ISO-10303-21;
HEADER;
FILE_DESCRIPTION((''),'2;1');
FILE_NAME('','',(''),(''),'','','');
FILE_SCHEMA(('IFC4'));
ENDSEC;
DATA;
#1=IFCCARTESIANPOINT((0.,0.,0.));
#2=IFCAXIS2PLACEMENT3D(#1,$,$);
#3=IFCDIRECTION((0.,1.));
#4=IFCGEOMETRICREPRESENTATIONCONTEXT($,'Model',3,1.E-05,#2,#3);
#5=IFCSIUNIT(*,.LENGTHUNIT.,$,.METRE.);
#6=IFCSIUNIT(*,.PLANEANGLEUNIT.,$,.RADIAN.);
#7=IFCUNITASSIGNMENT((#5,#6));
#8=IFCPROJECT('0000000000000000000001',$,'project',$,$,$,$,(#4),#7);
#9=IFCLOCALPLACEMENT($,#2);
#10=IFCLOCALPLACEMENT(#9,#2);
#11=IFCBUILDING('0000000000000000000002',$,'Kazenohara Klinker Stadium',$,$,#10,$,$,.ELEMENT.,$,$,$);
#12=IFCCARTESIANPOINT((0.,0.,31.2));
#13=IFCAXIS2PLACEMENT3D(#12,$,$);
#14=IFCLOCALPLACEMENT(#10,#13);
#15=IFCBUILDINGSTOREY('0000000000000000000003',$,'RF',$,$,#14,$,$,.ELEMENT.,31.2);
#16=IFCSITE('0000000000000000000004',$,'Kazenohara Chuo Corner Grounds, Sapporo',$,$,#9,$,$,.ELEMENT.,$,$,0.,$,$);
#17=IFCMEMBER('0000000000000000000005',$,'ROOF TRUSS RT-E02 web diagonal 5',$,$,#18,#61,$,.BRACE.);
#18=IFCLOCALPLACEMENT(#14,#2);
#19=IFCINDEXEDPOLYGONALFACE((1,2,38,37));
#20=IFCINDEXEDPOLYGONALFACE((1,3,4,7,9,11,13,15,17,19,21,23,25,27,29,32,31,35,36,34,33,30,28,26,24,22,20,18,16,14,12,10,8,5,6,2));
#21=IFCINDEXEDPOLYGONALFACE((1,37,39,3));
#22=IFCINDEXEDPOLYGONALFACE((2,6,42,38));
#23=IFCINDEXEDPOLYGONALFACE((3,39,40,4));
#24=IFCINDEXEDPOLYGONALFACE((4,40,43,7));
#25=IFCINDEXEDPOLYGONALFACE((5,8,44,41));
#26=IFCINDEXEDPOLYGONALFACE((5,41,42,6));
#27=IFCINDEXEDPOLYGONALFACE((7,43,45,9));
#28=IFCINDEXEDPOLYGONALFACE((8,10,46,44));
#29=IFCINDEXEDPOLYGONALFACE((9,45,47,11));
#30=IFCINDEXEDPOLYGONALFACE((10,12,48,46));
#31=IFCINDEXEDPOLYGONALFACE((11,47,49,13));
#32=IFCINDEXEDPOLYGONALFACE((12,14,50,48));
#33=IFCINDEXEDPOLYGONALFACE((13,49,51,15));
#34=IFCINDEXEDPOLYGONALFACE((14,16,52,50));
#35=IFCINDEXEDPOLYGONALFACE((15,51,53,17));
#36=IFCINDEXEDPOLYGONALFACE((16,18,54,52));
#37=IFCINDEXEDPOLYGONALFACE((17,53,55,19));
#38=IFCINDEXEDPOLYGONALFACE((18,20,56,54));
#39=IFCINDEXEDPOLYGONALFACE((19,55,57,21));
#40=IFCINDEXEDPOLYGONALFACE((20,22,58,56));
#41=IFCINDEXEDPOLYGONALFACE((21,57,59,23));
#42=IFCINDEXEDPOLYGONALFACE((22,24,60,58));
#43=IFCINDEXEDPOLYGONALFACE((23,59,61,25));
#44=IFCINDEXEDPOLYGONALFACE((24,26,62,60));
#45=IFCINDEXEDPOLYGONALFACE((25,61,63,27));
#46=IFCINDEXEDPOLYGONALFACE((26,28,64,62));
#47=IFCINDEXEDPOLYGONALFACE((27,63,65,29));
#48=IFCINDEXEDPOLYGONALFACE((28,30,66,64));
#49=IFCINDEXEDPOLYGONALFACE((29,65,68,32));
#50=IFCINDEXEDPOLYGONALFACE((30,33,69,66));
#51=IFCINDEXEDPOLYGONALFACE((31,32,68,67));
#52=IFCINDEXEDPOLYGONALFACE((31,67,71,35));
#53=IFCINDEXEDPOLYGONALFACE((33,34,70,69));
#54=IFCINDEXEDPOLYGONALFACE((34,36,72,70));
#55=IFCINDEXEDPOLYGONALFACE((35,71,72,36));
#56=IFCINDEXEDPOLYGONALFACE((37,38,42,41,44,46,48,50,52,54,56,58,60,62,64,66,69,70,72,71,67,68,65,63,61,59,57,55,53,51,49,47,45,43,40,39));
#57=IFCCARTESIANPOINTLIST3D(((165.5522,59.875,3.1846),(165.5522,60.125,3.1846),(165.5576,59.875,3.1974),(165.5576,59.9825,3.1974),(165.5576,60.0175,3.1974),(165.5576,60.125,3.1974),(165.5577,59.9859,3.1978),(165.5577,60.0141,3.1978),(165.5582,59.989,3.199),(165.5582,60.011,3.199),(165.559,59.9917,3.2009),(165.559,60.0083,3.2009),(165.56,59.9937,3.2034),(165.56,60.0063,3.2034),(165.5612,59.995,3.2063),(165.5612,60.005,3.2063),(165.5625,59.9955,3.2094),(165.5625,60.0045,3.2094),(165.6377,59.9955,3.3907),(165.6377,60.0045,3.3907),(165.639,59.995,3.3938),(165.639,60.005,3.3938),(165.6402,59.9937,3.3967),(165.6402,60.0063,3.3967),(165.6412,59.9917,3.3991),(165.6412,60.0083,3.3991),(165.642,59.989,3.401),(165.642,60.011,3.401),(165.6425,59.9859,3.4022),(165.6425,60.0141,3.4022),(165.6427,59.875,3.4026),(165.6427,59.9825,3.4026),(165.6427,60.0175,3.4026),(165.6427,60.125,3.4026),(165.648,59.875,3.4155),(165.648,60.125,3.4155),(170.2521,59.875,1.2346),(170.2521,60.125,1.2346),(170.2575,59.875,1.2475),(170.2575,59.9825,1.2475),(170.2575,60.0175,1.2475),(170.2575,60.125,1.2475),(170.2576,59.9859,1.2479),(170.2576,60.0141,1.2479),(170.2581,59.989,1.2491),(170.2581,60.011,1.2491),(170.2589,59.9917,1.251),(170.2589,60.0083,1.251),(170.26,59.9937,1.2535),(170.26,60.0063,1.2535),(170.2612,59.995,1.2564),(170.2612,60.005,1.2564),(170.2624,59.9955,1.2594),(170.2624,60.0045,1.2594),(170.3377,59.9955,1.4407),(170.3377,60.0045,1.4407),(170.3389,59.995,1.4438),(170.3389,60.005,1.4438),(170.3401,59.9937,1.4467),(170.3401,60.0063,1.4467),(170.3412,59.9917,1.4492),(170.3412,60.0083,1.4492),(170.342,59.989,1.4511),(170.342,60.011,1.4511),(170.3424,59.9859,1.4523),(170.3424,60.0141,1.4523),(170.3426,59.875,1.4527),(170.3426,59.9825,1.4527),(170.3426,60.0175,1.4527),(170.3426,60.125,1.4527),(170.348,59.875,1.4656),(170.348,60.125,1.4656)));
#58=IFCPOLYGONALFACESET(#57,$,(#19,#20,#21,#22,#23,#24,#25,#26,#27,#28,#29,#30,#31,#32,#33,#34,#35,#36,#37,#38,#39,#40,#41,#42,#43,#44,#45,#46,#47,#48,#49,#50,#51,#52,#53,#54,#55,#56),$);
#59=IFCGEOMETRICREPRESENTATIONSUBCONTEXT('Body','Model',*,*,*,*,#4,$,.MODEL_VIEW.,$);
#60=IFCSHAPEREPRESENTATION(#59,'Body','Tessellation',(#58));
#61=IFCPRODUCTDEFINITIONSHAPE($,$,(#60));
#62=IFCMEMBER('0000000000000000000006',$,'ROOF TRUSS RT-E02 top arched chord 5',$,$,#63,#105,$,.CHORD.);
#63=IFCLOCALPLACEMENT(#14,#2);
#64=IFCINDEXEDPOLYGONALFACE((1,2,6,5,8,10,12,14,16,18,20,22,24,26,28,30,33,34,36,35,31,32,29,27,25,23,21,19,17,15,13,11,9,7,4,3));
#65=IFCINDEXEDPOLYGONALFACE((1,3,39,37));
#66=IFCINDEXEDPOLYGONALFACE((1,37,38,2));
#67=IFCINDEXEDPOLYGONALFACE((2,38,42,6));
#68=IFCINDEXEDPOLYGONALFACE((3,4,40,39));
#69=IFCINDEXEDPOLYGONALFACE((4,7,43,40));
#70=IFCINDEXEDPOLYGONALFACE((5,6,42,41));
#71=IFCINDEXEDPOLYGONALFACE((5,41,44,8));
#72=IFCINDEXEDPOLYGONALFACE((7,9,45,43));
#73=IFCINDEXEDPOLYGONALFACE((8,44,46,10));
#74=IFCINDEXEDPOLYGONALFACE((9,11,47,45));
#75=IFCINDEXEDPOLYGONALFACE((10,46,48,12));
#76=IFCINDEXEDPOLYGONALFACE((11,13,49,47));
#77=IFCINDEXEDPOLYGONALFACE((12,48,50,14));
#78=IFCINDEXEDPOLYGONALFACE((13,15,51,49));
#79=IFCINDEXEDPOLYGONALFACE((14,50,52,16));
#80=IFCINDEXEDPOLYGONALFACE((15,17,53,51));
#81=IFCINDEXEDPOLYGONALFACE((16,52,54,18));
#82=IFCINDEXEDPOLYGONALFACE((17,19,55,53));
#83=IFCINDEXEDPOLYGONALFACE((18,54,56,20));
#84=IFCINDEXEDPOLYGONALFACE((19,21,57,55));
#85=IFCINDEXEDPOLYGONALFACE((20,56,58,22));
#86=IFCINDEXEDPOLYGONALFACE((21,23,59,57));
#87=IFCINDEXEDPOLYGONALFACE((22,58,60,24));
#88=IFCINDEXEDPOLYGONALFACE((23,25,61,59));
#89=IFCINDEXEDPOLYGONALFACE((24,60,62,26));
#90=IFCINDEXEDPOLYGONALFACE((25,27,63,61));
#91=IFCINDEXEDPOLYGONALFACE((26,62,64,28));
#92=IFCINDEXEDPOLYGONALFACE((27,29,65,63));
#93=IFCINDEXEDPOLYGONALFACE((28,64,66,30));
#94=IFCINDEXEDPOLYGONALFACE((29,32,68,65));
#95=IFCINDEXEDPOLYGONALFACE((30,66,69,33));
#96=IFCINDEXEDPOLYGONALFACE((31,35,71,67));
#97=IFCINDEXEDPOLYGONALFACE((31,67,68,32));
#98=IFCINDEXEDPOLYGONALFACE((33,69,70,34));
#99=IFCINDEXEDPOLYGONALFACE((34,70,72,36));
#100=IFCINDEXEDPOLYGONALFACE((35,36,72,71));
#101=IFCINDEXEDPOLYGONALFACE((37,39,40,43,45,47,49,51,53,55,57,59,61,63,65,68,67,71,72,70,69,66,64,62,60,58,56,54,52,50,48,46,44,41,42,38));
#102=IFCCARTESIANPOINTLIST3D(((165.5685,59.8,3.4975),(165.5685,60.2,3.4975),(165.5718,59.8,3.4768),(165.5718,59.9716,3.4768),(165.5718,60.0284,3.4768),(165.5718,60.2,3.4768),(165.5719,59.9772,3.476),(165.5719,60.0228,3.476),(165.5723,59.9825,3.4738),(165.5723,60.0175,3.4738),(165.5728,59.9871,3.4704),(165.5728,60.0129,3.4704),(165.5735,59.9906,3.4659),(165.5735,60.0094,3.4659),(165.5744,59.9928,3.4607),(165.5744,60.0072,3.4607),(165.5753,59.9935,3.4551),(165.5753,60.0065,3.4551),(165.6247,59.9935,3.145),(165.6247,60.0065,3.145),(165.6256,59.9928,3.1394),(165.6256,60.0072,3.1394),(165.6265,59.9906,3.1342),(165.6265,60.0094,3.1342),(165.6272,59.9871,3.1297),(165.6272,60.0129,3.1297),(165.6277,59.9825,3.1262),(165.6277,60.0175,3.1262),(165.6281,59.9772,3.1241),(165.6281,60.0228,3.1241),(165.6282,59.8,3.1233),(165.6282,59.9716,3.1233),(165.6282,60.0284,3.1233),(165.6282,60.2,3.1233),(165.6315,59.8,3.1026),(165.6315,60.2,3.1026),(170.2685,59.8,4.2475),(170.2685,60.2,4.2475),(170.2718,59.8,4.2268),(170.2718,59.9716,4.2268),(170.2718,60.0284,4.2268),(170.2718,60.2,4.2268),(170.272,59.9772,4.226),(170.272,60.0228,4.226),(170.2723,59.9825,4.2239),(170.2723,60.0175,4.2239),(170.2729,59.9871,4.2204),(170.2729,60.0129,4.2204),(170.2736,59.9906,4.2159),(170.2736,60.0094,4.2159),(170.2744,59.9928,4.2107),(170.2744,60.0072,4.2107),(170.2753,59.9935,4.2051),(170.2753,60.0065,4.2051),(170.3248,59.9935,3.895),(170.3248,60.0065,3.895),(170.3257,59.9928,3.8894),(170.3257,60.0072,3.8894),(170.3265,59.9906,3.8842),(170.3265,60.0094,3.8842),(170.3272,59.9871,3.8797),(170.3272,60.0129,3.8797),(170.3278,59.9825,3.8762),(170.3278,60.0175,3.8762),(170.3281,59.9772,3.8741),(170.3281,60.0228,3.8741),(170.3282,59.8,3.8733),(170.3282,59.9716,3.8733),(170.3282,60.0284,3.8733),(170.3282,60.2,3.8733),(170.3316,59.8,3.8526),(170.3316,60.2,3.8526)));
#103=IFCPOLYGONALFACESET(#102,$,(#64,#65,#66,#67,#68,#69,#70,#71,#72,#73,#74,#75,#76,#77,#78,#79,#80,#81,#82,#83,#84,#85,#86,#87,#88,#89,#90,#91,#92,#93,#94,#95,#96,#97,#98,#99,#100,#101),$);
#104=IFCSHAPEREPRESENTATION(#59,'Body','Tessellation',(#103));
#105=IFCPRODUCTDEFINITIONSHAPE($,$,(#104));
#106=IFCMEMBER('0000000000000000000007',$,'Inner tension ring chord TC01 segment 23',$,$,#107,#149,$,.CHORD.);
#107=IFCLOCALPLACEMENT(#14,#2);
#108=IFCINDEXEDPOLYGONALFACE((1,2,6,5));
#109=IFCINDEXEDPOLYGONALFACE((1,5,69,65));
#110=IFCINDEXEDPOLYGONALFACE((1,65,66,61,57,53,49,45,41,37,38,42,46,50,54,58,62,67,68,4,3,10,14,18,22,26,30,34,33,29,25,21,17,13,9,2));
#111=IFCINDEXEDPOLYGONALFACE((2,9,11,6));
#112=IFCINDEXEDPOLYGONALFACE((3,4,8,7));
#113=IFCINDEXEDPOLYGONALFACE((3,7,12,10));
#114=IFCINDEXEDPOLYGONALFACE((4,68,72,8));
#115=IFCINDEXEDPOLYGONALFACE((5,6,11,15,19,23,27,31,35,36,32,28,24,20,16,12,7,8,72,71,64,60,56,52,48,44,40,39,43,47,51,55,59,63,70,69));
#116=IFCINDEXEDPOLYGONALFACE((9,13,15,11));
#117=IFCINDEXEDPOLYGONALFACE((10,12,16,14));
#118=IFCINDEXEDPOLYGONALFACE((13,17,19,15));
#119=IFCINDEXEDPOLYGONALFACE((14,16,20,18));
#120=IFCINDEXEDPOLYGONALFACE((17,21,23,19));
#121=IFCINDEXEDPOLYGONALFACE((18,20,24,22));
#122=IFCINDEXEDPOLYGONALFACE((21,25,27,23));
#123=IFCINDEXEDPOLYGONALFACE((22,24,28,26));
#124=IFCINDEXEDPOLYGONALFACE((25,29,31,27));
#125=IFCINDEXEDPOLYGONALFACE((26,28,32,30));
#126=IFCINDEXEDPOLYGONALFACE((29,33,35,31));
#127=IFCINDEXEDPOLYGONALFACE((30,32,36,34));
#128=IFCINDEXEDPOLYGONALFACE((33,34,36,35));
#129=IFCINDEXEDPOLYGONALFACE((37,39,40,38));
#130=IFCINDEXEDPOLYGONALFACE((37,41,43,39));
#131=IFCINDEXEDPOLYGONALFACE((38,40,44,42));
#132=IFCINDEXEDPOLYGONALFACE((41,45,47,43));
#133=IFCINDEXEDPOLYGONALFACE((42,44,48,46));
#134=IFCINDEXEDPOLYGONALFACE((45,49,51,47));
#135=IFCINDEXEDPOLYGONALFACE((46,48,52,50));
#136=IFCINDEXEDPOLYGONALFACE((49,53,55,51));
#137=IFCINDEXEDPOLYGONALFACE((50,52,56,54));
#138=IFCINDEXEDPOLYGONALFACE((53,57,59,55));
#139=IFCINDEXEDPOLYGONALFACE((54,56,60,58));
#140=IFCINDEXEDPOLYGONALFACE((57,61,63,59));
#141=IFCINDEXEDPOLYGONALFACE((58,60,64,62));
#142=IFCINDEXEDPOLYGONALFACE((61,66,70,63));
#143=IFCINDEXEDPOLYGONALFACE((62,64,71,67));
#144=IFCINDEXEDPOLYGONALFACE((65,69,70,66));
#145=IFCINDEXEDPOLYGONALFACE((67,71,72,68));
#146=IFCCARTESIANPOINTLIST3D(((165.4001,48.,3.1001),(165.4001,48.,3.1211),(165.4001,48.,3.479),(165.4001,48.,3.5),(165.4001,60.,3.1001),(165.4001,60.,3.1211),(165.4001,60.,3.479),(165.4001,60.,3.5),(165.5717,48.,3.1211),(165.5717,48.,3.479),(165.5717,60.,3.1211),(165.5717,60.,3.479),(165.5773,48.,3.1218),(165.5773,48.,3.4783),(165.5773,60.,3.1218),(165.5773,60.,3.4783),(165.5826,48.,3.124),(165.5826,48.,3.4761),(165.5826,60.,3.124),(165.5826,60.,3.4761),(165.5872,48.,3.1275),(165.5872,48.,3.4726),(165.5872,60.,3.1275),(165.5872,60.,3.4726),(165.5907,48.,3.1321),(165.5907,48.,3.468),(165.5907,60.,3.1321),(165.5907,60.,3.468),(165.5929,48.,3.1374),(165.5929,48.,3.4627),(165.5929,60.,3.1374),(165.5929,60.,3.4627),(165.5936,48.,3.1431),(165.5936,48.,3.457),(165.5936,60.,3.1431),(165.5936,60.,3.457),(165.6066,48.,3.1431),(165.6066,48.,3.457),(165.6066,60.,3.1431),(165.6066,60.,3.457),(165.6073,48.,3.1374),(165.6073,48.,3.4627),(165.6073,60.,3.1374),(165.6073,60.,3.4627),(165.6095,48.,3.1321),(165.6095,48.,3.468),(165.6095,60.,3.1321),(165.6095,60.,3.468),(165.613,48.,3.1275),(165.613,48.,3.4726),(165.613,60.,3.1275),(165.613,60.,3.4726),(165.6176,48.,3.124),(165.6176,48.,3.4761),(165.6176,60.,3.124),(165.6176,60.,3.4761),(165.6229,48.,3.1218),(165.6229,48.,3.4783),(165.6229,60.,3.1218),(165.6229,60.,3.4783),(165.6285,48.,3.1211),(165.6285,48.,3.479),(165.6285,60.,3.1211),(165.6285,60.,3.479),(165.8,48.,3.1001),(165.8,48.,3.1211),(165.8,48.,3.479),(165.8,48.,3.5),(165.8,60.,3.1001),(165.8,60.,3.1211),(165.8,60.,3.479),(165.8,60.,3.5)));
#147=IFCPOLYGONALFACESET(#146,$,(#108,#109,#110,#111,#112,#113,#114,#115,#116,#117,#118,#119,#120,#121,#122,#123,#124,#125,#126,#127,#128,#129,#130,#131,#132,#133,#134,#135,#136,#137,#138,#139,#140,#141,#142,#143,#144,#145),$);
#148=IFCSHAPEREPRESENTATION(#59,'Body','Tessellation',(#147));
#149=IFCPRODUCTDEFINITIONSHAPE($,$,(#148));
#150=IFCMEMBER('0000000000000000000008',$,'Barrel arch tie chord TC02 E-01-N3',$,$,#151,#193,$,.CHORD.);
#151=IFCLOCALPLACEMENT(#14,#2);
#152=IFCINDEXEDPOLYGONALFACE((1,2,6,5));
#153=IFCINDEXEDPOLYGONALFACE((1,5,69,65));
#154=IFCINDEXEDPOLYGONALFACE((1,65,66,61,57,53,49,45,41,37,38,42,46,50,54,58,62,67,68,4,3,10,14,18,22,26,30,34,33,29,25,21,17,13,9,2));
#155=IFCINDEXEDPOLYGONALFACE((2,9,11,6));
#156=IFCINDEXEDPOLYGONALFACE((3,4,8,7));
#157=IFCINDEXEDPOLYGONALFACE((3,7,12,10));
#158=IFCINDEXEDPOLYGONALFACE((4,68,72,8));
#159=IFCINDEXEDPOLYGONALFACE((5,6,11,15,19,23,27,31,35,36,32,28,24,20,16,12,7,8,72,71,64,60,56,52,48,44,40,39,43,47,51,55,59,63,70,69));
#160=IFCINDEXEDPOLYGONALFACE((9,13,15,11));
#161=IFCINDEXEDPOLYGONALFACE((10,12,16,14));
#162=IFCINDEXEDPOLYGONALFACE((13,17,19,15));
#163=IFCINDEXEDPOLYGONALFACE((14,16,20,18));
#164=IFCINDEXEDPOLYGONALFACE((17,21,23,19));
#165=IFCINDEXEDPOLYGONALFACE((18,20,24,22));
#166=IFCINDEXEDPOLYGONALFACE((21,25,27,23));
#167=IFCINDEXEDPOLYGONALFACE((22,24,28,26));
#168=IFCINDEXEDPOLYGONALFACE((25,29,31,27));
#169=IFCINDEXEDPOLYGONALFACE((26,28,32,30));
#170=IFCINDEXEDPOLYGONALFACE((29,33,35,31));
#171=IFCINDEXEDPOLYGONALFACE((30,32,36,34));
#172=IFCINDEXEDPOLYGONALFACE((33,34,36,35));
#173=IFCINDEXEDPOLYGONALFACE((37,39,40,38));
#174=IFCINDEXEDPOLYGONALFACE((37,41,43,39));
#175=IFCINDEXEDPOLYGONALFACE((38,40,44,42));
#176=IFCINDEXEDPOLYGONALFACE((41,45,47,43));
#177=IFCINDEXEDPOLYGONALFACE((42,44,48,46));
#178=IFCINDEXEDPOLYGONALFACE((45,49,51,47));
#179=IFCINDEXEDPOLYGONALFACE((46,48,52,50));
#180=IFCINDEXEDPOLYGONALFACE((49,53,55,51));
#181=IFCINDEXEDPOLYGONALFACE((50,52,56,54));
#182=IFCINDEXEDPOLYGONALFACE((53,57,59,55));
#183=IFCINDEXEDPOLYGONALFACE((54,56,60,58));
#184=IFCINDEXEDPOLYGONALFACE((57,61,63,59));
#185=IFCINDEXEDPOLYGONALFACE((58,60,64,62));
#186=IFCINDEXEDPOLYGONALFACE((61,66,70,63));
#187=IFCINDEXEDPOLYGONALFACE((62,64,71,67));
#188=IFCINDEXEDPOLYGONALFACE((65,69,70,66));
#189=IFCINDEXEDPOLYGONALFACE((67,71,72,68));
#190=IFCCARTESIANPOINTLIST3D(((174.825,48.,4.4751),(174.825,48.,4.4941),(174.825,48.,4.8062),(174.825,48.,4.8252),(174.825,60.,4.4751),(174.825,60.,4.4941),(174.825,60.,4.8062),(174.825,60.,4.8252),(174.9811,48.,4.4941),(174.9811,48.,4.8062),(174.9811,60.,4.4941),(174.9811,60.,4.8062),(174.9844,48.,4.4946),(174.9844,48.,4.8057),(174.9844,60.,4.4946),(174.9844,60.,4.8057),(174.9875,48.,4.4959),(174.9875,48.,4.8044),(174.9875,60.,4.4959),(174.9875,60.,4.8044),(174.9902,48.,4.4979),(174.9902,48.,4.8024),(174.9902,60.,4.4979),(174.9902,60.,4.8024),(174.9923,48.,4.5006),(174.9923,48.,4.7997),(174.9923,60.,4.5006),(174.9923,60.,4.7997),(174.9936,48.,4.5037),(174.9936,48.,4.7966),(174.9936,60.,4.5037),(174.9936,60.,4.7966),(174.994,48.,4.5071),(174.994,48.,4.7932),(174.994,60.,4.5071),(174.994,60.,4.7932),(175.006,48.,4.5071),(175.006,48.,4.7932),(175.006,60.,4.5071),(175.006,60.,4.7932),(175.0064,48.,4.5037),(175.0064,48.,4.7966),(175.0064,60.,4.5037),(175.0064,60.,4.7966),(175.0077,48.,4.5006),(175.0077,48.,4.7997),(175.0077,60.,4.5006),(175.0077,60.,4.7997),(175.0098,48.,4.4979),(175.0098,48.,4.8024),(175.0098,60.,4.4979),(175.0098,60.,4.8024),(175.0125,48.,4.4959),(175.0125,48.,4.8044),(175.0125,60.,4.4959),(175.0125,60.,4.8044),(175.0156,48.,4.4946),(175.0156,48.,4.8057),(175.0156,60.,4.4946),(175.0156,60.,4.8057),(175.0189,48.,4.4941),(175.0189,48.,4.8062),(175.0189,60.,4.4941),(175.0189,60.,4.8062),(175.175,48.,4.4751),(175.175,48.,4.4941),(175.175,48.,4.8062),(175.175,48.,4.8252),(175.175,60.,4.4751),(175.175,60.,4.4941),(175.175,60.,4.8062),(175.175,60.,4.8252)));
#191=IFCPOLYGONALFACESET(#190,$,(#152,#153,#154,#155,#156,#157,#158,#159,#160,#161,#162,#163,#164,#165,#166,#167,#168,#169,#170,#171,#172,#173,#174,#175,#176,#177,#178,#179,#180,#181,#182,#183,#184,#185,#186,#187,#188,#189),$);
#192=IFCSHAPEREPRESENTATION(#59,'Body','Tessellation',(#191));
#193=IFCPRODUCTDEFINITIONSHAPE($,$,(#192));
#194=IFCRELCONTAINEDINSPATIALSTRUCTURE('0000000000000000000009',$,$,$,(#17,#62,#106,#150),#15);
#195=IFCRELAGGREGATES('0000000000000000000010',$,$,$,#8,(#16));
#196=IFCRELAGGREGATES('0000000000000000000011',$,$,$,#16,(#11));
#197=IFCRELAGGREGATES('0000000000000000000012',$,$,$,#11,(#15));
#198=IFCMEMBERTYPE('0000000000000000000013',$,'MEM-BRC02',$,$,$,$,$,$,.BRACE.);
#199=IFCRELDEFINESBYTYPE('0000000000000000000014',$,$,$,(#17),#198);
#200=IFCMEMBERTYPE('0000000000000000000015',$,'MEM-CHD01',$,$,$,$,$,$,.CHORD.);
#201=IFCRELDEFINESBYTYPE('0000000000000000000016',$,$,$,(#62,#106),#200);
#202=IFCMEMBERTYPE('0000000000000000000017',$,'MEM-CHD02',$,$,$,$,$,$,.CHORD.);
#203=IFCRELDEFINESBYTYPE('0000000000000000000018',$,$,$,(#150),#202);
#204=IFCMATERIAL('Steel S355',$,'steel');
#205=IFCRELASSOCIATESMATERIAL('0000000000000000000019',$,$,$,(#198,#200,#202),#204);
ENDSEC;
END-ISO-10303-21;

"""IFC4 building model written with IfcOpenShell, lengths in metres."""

from ifc_helpers import new_model, si_unit, direction, frame, origin, origin_2d, place, context, subcontext, project, spatial, i_section, extrude, material, material_profile, profile_set, type_object, element, save


model = new_model("IFC4")

# Units and contexts
model_context = context("Model", 3, precision=1e-05, world=origin(), true_north=direction((0.0, 1.0)))
body_context = subcontext(model_context, "Body", "Model", "MODEL_VIEW")
ifc_project = project(units=[si_unit("LENGTHUNIT", "METRE"), si_unit("PLANEANGLEUNIT", "RADIAN")], contexts=[model_context])

# Site, building, storey
site_placement = place(None, origin())
site = spatial("IfcSite", under=ifc_project, at=site_placement, Name="Kazenohara Chuo Corner Grounds, Sapporo", CompositionType="ELEMENT", RefElevation=0.0)
building_placement = place(site_placement, origin())
building = spatial("IfcBuilding", under=site, at=building_placement, Name="Kazenohara Klinker Stadium", CompositionType="ELEMENT")
storey_placement = place(building_placement, frame((0.0, 0.0, 31.2)))
storey = spatial("IfcBuildingStorey", under=building, at=storey_placement, Name="RF", CompositionType="ELEMENT", Elevation=31.2)

# Members
ifc_material_1 = material(Name="Steel S355", Category="steel")
ifc_material_profile_1 = material_profile(ifc_material_1, i_section(OverallWidth=0.25, OverallDepth=0.25, WebThickness=0.009, FlangeThickness=0.0139, FilletRadius=0.0129, at=origin_2d()), Name="H-250x250x9x14")
ifc_profile_set_1 = profile_set([ifc_material_profile_1], Name="Steel S355")
member_type_1 = type_object("IfcMemberType", Name="MEM-BRC02", PredefinedType="BRACE", material=ifc_profile_set_1)
member_1_placement = place(storey_placement, frame((170.3, 60.0, 1.3501), z_axis=(-0.923659, 0.0, 0.383215), x_axis=(0.0, -1.0, 0.0)))
element("IfcMember", 1, at=member_1_placement, inside=storey, type_object=member_type_1, Name="ROOF TRUSS RT-E02 web diagonal 5", PredefinedType="BRACE", context=body_context, shape_type="SweptSolid", body=[
    extrude(i_section(OverallWidth=0.25, OverallDepth=0.25, WebThickness=0.009, FlangeThickness=0.0139, FilletRadius=0.0129, at=origin_2d()), origin(), (0.0, 0.0, 1.0), 5.0884),
])
ifc_material_profile_2 = material_profile(ifc_material_1, i_section(OverallWidth=0.3999, OverallDepth=0.3999, WebThickness=0.0129, FlangeThickness=0.021, FilletRadius=0.022, at=origin_2d()), Name="H-400x400x13x21")
ifc_profile_set_2 = profile_set([ifc_material_profile_2], Name="Steel S355")
member_type_2 = type_object("IfcMemberType", Name="MEM-CHD01", PredefinedType="CHORD", material=ifc_profile_set_2)
member_2_placement = place(storey_placement, frame((170.3, 60.0, 4.05), z_axis=(-0.987506, 0.0, -0.157582), x_axis=(0.0, -1.0, 0.0)))
element("IfcMember", 2, at=member_2_placement, inside=storey, type_object=member_type_2, Name="ROOF TRUSS RT-E02 top arched chord 5", PredefinedType="CHORD", context=body_context, shape_type="SweptSolid", body=[
    extrude(i_section(OverallWidth=0.3999, OverallDepth=0.3999, WebThickness=0.0129, FlangeThickness=0.021, FilletRadius=0.022, at=origin_2d()), origin(), (0.0, 0.0, 1.0), 4.7595),
])
member_3_placement = place(storey_placement, frame((165.6001, 60.0, 3.3), z_axis=(0.0, -1.0, 0.0), x_axis=(1.0, 0.0, 0.0)))
element("IfcMember", 3, at=member_3_placement, inside=storey, type_object=member_type_2, Name="Inner tension ring chord TC01 segment 23", PredefinedType="CHORD", context=body_context, shape_type="SweptSolid", body=[
    extrude(i_section(OverallWidth=0.3999, OverallDepth=0.3999, WebThickness=0.0129, FlangeThickness=0.021, FilletRadius=0.022, at=origin_2d()), origin(), (0.0, 0.0, 1.0), 12.0),
])
ifc_material_profile_3 = material_profile(ifc_material_1, i_section(OverallWidth=0.3501, OverallDepth=0.3501, WebThickness=0.012, FlangeThickness=0.019, FilletRadius=0.0129, at=origin_2d()), Name="H-350x350x12x19")
ifc_profile_set_3 = profile_set([ifc_material_profile_3], Name="Steel S355")
member_type_3 = type_object("IfcMemberType", Name="MEM-CHD02", PredefinedType="CHORD", material=ifc_profile_set_3)
member_4_placement = place(storey_placement, frame((175.0, 48.0, 4.6501), z_axis=(0.0, 1.0, 0.0), x_axis=(-1.0, 0.0, 0.0)))
element("IfcMember", 4, at=member_4_placement, inside=storey, type_object=member_type_3, Name="Barrel arch tie chord TC02 E-01-N3", PredefinedType="CHORD", context=body_context, shape_type="SweptSolid", body=[
    extrude(i_section(OverallWidth=0.3501, OverallDepth=0.3501, WebThickness=0.012, FlangeThickness=0.019, FilletRadius=0.0129, at=origin_2d()), origin(), (0.0, 0.0, 1.0), 12.0),
])

save(model, "model.ifc")
